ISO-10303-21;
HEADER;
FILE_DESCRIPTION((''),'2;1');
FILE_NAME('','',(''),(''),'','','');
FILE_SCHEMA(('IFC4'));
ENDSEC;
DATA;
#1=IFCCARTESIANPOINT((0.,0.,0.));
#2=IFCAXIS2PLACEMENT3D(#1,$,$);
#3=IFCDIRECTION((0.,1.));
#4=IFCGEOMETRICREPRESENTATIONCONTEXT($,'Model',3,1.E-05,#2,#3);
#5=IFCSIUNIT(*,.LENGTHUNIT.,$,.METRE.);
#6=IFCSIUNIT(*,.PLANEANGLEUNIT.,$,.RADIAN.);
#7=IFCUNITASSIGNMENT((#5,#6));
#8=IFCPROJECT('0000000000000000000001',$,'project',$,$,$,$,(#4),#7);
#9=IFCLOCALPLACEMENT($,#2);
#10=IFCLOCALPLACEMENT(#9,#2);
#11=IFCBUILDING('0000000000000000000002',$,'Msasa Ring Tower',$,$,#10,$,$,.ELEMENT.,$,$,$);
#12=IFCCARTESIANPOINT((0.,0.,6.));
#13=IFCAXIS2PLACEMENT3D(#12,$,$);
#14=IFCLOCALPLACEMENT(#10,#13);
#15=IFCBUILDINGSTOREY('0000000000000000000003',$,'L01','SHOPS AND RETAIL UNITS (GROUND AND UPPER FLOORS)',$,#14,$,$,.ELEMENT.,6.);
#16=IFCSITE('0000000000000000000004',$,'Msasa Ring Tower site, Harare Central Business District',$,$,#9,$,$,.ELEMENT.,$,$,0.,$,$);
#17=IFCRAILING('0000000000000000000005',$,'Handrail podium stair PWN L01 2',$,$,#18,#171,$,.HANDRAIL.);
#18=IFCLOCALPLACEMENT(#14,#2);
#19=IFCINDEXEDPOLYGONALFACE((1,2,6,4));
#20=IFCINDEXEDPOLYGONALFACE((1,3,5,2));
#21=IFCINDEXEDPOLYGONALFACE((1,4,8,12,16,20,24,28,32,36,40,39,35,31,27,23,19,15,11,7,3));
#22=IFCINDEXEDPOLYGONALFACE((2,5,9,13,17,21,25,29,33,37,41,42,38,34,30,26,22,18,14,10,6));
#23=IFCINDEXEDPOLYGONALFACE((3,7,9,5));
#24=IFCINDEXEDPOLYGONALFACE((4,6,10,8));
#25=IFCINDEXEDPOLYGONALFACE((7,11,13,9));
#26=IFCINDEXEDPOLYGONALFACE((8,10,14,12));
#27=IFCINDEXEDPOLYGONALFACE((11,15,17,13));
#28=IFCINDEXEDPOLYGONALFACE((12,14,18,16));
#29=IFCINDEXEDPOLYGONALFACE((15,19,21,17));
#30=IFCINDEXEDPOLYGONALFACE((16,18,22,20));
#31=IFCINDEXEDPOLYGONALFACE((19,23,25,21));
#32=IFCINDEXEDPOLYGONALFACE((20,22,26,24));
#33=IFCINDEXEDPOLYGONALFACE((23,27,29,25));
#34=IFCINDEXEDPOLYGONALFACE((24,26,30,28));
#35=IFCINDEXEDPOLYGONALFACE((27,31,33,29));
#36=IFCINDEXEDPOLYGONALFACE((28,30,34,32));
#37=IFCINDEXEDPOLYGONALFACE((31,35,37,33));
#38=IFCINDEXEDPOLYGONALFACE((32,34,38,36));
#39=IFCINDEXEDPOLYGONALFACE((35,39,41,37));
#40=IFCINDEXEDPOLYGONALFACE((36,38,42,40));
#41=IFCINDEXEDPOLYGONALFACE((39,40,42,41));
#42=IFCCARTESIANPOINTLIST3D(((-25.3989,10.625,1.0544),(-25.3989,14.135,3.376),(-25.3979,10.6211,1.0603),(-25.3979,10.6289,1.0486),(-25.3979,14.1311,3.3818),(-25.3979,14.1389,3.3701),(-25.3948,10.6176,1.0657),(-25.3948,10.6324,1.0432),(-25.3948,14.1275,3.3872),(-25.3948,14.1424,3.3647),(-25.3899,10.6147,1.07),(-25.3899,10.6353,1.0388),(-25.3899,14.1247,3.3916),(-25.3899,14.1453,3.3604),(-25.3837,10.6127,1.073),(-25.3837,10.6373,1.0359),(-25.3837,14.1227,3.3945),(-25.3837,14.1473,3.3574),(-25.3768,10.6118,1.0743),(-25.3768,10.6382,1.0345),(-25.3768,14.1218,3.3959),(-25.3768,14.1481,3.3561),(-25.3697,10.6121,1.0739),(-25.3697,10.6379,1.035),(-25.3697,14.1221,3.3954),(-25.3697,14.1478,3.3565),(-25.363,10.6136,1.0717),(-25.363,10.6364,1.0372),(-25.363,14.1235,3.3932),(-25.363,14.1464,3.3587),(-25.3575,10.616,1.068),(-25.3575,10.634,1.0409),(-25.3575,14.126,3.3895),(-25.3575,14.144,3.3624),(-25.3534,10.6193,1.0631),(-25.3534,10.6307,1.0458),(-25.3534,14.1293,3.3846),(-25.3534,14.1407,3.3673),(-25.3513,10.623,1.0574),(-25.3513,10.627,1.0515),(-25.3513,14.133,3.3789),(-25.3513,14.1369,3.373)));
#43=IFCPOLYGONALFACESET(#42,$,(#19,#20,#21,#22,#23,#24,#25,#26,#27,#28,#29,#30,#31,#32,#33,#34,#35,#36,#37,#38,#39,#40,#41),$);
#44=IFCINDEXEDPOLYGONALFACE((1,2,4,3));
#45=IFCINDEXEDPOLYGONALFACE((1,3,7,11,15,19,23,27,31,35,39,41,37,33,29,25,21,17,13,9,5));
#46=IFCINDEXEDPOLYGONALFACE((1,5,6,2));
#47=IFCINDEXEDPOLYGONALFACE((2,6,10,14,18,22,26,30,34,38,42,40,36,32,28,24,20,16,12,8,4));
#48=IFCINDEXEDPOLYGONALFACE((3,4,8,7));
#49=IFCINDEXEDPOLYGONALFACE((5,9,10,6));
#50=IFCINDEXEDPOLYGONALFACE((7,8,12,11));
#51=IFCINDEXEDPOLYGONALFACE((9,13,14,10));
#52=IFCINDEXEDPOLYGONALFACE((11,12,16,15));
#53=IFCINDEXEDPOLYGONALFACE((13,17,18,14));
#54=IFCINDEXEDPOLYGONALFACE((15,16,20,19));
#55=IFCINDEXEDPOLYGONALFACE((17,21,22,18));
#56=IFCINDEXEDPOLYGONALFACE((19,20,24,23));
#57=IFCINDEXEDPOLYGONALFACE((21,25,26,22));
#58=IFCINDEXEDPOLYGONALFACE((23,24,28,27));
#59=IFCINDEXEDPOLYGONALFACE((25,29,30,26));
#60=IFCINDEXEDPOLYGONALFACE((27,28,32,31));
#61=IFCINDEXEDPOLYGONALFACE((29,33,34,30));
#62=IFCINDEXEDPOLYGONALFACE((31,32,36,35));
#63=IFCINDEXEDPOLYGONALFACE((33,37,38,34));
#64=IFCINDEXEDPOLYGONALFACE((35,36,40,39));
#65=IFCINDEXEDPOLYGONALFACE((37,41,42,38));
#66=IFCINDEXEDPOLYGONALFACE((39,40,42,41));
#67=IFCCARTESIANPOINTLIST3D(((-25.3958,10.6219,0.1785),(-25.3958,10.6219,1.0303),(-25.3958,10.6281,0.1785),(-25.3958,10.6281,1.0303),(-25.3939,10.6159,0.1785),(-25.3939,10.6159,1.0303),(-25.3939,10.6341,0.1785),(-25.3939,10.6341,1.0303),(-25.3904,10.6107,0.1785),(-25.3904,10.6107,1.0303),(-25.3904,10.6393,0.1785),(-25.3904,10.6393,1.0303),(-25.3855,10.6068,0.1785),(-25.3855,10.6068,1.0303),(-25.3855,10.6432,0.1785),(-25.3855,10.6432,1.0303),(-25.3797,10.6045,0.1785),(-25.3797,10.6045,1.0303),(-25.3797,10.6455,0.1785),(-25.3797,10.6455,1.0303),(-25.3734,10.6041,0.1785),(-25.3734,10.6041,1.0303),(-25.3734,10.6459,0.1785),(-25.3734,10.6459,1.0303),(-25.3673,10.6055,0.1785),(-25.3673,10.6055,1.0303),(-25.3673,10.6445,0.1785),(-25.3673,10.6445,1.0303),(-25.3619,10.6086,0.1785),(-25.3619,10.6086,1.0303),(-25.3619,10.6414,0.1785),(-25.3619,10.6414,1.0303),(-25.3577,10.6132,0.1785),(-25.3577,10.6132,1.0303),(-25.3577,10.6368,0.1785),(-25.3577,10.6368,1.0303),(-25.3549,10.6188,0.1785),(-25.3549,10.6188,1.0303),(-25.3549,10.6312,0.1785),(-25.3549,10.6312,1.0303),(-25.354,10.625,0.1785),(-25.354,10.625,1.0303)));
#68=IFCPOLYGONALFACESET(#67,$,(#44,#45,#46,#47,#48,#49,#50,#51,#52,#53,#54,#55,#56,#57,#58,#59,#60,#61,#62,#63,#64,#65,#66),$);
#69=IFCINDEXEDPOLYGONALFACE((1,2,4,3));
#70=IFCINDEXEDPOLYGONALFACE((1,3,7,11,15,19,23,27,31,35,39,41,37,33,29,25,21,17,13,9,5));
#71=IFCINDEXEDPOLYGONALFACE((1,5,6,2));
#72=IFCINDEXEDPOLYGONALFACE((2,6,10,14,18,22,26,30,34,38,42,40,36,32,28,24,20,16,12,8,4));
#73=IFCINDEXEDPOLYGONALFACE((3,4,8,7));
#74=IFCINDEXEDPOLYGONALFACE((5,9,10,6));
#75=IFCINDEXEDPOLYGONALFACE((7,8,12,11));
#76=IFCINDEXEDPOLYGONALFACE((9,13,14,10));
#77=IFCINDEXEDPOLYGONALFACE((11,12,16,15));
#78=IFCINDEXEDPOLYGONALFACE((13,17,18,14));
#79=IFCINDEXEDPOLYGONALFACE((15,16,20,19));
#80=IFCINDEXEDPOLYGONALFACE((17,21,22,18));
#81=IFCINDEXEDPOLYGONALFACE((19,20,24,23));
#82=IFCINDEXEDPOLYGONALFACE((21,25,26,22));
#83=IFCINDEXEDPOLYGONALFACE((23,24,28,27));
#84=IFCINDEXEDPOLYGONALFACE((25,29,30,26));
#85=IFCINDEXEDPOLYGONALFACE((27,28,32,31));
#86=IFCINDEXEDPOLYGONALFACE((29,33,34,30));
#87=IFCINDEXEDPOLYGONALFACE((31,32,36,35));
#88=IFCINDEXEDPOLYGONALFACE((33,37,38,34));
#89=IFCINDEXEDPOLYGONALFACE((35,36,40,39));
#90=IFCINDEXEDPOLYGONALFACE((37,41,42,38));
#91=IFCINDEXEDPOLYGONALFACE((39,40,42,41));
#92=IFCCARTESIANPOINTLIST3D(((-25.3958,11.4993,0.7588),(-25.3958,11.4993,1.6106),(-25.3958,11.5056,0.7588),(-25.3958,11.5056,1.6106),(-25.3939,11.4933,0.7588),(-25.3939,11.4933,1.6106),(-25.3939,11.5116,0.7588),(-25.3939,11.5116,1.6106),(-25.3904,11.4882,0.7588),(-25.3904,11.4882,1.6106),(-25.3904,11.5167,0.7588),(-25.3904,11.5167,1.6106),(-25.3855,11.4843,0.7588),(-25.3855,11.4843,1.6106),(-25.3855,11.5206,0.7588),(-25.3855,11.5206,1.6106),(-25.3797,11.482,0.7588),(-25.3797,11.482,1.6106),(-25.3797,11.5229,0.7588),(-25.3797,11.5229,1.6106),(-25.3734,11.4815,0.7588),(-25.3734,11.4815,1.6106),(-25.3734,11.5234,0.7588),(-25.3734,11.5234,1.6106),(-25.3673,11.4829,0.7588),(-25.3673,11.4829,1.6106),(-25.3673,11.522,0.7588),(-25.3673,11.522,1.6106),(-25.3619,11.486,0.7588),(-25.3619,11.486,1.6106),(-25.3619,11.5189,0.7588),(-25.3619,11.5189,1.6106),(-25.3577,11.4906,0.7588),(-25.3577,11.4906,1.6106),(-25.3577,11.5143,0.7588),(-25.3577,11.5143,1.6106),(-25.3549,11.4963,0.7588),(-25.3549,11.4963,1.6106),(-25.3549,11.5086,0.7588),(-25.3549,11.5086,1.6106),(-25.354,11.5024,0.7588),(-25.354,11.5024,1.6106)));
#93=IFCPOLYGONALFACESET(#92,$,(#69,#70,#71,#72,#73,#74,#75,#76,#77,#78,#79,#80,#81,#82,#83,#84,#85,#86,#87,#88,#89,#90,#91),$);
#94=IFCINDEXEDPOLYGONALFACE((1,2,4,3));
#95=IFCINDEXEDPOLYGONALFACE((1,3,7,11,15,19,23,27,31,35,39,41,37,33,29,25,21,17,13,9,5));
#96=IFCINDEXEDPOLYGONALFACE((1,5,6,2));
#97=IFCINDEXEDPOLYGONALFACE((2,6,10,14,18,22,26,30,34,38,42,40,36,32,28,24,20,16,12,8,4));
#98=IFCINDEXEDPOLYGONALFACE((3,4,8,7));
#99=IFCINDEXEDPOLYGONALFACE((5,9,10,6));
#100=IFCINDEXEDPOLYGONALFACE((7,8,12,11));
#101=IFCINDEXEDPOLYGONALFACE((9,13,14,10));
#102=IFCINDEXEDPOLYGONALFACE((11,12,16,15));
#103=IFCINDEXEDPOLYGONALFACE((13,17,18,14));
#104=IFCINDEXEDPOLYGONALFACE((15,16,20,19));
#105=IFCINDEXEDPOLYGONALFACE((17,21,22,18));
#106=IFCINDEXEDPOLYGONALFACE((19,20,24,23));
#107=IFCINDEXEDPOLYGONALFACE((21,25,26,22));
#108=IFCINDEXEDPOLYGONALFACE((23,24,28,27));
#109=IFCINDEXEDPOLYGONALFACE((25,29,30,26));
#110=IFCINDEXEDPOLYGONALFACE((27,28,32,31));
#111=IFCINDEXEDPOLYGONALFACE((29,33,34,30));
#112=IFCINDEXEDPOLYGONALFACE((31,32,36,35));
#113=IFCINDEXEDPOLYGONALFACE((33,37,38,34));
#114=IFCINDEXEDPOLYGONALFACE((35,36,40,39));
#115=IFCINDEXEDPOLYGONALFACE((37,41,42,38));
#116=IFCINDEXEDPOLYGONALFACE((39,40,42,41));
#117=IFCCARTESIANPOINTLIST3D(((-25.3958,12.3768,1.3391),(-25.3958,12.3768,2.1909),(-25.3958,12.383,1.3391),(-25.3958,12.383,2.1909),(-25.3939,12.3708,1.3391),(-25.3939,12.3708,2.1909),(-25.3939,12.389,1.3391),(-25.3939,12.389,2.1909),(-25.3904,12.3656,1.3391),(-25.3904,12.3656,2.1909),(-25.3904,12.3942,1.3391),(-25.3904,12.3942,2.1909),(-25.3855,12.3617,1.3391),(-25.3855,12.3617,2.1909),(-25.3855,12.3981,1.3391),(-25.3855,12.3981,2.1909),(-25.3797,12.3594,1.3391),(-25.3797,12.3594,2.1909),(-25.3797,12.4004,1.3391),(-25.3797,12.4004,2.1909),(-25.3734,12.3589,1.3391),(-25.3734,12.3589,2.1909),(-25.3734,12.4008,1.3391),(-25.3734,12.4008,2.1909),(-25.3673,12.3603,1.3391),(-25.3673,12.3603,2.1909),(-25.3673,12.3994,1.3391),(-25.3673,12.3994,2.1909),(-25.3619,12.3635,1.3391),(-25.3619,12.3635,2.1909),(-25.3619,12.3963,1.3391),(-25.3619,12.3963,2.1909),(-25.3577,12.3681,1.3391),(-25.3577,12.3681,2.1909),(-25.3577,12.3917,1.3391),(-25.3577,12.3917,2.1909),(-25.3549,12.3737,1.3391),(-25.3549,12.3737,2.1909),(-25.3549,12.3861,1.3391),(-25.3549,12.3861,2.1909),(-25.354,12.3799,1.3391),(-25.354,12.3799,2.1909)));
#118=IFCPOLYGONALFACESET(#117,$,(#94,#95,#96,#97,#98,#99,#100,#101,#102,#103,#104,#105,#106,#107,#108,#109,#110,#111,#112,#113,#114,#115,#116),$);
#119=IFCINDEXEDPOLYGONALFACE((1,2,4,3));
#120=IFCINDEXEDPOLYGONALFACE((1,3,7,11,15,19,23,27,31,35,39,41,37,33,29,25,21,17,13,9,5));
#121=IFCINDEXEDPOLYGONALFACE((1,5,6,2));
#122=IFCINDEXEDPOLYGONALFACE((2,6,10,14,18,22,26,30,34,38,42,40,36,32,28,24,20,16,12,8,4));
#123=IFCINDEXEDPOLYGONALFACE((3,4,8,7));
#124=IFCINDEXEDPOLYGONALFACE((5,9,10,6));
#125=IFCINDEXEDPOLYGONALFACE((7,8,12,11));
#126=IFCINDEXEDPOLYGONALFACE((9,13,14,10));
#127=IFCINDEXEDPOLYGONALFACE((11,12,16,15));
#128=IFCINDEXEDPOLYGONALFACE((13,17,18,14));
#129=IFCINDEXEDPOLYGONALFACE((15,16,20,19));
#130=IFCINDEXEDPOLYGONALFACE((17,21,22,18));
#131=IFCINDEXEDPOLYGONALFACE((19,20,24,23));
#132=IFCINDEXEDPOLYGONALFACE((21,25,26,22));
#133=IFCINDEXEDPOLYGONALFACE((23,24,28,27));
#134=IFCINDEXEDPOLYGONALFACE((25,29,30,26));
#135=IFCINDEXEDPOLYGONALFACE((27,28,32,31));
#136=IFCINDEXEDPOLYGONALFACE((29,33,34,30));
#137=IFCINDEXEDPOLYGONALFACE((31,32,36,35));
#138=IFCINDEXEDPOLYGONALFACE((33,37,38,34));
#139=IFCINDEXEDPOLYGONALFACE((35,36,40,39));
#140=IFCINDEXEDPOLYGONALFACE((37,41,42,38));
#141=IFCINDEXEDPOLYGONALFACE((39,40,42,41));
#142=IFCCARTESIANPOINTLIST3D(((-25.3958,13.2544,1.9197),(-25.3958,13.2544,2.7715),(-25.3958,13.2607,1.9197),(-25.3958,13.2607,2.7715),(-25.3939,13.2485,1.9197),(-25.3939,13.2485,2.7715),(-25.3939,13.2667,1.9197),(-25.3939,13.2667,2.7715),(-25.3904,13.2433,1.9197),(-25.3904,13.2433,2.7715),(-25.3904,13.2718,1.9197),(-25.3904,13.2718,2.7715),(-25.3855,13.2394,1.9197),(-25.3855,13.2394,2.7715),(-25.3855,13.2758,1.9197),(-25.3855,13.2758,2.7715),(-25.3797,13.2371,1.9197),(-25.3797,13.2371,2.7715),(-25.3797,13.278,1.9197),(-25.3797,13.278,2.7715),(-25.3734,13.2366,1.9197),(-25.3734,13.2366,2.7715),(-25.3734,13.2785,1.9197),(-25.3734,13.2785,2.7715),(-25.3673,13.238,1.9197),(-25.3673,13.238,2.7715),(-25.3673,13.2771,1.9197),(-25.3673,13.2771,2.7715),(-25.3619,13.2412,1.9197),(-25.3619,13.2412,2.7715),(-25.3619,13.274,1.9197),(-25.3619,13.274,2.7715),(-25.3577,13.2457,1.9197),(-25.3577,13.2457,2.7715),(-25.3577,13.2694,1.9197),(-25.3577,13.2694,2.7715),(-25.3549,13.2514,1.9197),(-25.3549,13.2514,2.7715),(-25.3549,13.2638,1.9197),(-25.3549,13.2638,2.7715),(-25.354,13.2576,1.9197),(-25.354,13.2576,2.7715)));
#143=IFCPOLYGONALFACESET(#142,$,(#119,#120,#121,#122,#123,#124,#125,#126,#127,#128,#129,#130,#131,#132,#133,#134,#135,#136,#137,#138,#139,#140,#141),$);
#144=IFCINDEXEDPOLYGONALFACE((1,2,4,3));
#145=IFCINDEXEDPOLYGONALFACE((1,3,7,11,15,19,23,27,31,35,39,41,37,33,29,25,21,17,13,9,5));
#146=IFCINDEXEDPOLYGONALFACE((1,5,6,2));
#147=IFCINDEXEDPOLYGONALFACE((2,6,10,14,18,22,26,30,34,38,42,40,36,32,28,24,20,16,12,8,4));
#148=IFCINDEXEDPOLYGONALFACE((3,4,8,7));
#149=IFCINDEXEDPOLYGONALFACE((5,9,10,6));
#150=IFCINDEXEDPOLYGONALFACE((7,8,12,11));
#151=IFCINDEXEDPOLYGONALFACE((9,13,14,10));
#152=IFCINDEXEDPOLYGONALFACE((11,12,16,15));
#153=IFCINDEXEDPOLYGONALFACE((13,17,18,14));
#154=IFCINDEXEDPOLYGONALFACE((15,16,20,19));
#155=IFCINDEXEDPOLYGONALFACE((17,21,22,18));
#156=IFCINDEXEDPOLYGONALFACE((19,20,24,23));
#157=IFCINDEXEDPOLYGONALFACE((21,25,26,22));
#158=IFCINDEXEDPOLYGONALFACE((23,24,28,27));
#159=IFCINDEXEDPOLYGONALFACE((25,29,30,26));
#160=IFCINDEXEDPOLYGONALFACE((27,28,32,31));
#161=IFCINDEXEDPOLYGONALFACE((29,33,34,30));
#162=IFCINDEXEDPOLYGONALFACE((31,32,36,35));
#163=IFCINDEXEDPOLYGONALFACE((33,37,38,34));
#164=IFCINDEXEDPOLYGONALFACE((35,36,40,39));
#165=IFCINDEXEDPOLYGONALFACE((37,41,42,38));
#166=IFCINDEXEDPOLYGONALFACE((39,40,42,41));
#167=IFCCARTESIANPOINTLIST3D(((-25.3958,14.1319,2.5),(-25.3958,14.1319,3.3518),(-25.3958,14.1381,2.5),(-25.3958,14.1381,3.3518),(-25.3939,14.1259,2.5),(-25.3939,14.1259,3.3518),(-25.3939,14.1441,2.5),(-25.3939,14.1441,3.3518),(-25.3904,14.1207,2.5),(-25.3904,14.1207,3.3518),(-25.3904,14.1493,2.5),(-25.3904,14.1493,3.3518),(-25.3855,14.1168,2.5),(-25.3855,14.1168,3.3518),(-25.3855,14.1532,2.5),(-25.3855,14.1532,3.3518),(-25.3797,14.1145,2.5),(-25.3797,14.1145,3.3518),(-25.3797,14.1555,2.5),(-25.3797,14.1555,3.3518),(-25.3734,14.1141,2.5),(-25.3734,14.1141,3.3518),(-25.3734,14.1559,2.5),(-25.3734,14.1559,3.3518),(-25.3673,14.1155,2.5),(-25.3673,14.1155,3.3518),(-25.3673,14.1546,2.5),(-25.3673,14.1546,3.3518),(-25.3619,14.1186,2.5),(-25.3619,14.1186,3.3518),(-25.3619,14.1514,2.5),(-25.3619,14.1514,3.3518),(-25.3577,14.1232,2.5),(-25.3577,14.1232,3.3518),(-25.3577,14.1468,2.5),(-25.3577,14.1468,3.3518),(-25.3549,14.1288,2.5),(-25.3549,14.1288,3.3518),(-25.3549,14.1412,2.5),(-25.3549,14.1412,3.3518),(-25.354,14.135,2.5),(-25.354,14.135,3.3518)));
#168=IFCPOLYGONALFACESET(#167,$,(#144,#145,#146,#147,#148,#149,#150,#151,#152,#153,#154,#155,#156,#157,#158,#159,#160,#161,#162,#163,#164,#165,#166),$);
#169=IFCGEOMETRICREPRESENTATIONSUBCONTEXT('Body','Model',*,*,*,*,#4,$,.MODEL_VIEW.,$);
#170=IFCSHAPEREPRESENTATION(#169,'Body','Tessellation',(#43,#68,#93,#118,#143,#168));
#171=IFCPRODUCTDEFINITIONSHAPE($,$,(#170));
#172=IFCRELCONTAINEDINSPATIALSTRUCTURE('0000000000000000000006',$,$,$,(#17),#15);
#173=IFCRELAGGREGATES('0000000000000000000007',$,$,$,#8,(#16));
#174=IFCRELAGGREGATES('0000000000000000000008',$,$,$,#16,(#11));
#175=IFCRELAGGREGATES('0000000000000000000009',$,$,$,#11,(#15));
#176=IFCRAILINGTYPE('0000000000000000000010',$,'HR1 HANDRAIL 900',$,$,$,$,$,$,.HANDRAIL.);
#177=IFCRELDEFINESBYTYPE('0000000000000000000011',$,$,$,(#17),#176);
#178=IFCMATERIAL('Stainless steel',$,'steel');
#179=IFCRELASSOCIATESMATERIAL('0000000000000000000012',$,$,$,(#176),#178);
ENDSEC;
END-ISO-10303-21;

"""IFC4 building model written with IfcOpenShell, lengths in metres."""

from ifc_helpers import new_model, si_unit, direction, frame, origin, origin_2d, place, context, subcontext, project, spatial, circle, extrude, material, type_object, element, save


model = new_model("IFC4")

# Units and contexts
model_context = context("Model", 3, precision=1e-05, world=origin(), true_north=direction((0.0, 1.0)))
body_context = subcontext(model_context, "Body", "Model", "MODEL_VIEW")
ifc_project = project(units=[si_unit("LENGTHUNIT", "METRE"), si_unit("PLANEANGLEUNIT", "RADIAN")], contexts=[model_context])

# Site, building, storey
site_placement = place(None, origin())
site = spatial("IfcSite", under=ifc_project, at=site_placement, Name="Msasa Ring Tower site, Harare Central Business District", CompositionType="ELEMENT", RefElevation=0.0)
building_placement = place(site_placement, origin())
building = spatial("IfcBuilding", under=site, at=building_placement, Name="Msasa Ring Tower", CompositionType="ELEMENT")
storey_placement = place(building_placement, frame((0.0, 0.0, 6.0)))
storey = spatial("IfcBuildingStorey", under=building, at=storey_placement, Name="L01", Description="SHOPS AND RETAIL UNITS (GROUND AND UPPER FLOORS)", CompositionType="ELEMENT", Elevation=6.0)

# Railing
ifc_material_1 = material(Name="Stainless steel", Category="steel")
railing_type = type_object("IfcRailingType", Name="HR1 HANDRAIL 900", PredefinedType="HANDRAIL", material=ifc_material_1)
for number, where, name in (
    (1, (-25.375, 10.625, 0.1785), "Handrail podium stair PWN L01 2"),
):
    element("IfcRailing", number, at=place(storey_placement, frame(where)), inside=storey, type_object=railing_type, Name=name, PredefinedType="HANDRAIL", context=body_context, shape_type="SweptSolid", body=[
        extrude(circle(Radius=0.0239, at=origin_2d()), frame((0.0, 0.0, 0.876), z_axis=(0.0, 0.834071, 0.551657), x_axis=(-1.0, 0.0, 0.0)), (0.0, 0.0, 1.0), 4.2083),
        extrude(circle(Radius=0.021, at=origin_2d()), origin(), (0.0, 0.0, 1.0), 0.8518),
        extrude(circle(Radius=0.021, at=origin_2d()), frame((0.0, 0.8774, 0.5803)), (0.0, 0.0, 1.0), 0.8518),
        extrude(circle(Radius=0.021, at=origin_2d()), frame((0.0, 1.7549, 1.1606)), (0.0, 0.0, 1.0), 0.8518),
        extrude(circle(Radius=0.021, at=origin_2d()), frame((0.0, 2.6326, 1.7412)), (0.0, 0.0, 1.0), 0.8518),
        extrude(circle(Radius=0.021, at=origin_2d()), frame((0.0, 3.51, 2.3215)), (0.0, 0.0, 1.0), 0.8518),
    ])

save(model, "model.ifc")
